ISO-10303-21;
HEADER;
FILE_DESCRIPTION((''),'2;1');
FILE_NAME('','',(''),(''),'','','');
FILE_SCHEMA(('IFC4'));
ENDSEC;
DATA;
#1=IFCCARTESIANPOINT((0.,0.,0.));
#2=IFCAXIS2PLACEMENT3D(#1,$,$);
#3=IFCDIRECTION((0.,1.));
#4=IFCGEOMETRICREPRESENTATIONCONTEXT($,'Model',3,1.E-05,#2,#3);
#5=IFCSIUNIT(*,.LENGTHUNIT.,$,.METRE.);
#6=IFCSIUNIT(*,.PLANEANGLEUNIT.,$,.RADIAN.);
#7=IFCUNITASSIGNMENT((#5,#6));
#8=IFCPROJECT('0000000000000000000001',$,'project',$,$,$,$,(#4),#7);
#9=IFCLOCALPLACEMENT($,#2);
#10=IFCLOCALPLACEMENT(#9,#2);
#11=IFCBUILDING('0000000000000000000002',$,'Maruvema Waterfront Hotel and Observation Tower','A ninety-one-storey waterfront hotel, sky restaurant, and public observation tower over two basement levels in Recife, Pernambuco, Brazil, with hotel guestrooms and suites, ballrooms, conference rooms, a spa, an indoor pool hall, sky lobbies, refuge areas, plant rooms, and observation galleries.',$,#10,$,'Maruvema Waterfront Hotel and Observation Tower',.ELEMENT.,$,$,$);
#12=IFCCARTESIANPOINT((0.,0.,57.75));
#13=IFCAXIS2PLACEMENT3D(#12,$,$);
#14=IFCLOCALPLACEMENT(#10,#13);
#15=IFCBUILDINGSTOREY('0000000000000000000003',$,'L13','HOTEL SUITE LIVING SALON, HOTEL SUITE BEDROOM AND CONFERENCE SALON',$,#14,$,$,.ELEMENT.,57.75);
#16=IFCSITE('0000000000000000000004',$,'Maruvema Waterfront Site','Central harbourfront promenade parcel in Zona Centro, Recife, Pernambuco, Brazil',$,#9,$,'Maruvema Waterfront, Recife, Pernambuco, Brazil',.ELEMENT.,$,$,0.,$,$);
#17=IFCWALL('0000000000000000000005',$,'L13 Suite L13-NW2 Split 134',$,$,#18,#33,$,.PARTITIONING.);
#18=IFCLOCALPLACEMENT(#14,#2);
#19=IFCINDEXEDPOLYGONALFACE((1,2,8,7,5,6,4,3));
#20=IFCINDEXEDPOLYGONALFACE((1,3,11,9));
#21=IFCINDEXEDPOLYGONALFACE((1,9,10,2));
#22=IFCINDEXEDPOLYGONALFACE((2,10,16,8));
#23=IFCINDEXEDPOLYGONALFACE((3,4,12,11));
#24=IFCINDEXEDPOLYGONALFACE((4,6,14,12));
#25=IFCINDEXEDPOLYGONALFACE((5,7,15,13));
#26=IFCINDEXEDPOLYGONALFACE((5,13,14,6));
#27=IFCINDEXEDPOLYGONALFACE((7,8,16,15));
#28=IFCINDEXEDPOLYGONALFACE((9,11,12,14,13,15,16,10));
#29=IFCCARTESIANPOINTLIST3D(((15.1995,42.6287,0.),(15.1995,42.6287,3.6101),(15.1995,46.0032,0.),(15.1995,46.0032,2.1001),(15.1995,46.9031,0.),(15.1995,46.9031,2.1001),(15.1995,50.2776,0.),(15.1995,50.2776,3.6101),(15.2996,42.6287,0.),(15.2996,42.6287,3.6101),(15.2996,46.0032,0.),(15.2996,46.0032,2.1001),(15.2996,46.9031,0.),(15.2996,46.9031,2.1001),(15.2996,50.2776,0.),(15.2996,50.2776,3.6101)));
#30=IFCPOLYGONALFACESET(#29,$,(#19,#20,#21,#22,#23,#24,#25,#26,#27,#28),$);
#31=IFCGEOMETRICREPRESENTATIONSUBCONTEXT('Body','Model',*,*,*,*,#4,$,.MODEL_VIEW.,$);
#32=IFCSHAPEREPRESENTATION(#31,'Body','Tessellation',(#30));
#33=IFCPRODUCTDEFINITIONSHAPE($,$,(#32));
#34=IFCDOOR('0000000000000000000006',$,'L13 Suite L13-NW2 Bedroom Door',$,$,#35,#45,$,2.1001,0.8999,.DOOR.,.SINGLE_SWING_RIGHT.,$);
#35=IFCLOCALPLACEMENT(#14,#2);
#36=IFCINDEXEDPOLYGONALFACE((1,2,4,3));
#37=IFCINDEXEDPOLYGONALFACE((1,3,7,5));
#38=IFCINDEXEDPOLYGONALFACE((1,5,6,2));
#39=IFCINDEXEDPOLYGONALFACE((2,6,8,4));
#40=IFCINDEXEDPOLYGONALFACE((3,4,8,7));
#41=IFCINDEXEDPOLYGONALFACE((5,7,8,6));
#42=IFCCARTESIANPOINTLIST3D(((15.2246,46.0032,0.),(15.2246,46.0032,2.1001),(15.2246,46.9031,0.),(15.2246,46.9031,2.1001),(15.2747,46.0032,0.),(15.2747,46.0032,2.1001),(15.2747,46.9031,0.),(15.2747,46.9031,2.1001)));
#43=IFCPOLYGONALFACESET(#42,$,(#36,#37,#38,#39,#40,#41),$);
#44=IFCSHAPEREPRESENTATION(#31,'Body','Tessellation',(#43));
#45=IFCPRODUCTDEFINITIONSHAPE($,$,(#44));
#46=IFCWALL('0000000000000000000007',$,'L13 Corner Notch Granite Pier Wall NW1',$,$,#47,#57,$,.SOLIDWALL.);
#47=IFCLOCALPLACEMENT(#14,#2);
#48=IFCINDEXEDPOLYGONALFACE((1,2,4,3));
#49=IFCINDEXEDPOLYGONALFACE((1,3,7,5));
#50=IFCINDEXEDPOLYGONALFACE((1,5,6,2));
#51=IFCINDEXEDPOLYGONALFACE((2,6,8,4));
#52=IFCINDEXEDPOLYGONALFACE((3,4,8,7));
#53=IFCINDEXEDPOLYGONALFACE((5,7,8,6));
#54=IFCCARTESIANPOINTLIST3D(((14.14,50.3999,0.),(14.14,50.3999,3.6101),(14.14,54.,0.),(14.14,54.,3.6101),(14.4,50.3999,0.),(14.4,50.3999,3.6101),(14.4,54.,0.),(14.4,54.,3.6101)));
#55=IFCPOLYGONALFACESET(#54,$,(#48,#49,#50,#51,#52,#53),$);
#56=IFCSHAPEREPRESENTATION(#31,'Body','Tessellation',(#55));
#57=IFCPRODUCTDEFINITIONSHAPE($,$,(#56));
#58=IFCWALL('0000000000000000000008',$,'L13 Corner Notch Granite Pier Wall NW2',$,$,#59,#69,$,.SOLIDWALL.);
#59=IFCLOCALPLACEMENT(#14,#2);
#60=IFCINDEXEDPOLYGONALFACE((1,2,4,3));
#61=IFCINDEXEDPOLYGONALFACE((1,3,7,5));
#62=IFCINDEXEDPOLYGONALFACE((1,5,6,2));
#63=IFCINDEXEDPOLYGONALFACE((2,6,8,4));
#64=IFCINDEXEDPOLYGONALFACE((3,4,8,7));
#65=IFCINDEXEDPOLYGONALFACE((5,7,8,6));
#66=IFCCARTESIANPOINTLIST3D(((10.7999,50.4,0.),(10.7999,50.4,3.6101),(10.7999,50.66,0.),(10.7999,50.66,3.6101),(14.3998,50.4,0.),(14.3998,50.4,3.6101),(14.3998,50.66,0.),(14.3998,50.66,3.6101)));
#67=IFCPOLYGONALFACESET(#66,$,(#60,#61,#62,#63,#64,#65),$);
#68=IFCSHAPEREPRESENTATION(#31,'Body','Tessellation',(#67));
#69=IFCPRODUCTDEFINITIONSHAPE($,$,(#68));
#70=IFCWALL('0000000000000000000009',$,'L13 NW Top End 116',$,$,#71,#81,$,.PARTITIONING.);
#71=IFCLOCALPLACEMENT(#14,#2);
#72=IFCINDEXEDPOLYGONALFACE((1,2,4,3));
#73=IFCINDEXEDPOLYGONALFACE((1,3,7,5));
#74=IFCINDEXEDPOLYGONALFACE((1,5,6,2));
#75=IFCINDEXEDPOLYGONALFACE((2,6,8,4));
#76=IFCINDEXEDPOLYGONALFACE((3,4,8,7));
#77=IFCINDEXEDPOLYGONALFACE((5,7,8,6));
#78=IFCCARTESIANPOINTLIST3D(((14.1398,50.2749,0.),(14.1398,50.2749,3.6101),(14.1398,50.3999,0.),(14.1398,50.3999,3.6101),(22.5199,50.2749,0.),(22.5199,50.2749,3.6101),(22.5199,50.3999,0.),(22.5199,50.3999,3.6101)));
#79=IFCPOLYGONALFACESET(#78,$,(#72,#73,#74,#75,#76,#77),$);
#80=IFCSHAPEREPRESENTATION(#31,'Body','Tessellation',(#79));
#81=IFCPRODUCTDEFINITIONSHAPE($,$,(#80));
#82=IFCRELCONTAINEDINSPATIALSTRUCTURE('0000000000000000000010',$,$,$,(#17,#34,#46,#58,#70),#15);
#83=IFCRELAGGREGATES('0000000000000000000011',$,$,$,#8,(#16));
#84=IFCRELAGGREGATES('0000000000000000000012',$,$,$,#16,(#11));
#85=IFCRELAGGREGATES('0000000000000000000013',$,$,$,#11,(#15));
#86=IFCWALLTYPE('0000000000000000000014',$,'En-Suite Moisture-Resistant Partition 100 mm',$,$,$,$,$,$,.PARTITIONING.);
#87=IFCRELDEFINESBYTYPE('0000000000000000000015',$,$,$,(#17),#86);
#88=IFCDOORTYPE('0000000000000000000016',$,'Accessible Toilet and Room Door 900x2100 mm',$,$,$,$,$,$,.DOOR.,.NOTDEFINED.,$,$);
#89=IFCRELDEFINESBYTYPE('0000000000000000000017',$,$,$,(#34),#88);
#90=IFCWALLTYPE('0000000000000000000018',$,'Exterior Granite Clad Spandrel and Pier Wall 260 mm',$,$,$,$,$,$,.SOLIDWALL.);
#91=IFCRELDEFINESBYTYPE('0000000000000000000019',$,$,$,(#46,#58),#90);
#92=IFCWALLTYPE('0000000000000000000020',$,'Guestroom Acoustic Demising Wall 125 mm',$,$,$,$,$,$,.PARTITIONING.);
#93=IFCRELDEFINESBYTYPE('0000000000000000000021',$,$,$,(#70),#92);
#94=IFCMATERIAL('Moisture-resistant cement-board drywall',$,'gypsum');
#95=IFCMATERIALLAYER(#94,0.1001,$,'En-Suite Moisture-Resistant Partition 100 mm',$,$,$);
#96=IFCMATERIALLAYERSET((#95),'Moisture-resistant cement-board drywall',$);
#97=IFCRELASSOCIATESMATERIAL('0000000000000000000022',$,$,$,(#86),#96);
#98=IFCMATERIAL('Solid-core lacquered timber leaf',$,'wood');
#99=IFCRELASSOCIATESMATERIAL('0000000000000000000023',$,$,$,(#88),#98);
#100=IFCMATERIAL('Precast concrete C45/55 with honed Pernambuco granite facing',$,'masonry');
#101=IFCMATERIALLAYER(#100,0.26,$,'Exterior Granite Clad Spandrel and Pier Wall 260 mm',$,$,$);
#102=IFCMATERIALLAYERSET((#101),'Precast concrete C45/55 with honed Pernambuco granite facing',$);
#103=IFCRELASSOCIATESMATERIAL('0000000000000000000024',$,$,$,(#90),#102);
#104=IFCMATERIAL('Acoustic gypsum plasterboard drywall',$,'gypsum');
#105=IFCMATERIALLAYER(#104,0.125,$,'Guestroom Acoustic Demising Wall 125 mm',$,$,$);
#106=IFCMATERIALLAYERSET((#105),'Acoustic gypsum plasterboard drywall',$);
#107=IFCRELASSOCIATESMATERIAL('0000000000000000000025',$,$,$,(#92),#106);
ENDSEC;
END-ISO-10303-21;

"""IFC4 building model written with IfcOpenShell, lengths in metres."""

from ifc_helpers import new_model, si_unit, direction, frame, frame_2d, origin, place, context, subcontext, project, spatial, rectangle, extrude, material, layer, layer_set, type_object, element, fill, save


model = new_model("IFC4")

# Units and contexts
model_context = context("Model", 3, precision=1e-05, world=origin(), true_north=direction((0.0, 1.0)))
body_context = subcontext(model_context, "Body", "Model", "MODEL_VIEW")
ifc_project = project(units=[si_unit("LENGTHUNIT", "METRE"), si_unit("PLANEANGLEUNIT", "RADIAN")], contexts=[model_context])

# Site, building, storey
site_placement = place(None, origin())
site = spatial("IfcSite", under=ifc_project, at=site_placement, Name="Maruvema Waterfront Site", Description="Central harbourfront promenade parcel in Zona Centro, Recife, Pernambuco, Brazil", LongName="Maruvema Waterfront, Recife, Pernambuco, Brazil", CompositionType="ELEMENT", RefElevation=0.0)
building_placement = place(site_placement, origin())
building = spatial("IfcBuilding", under=site, at=building_placement, Name="Maruvema Waterfront Hotel and Observation Tower", Description="A ninety-one-storey waterfront hotel, sky restaurant, and public observation tower over two basement levels in Recife, Pernambuco, Brazil, with hotel guestrooms and suites, ballrooms, conference rooms, a spa, an indoor pool hall, sky lobbies, refuge areas, plant rooms, and observation galleries.", LongName="Maruvema Waterfront Hotel and Observation Tower", CompositionType="ELEMENT")
storey_placement = place(building_placement, frame((0.0, 0.0, 57.75)))
storey = spatial("IfcBuildingStorey", under=building, at=storey_placement, Name="L13", Description="HOTEL SUITE LIVING SALON, HOTEL SUITE BEDROOM AND CONFERENCE SALON", CompositionType="ELEMENT", Elevation=57.75)

# Shared definitions
ifc_material_1 = material(Name="Moisture-resistant cement-board drywall", Category="gypsum")
ifc_layer_1 = layer(ifc_material_1, 0.1001, Name="En-Suite Moisture-Resistant Partition 100 mm")
ifc_layer_set_1 = layer_set([ifc_layer_1], Name="Moisture-resistant cement-board drywall")
wall_type_1 = type_object("IfcWallType", Name="En-Suite Moisture-Resistant Partition 100 mm", PredefinedType="PARTITIONING", material=ifc_layer_set_1)

# Wall, opening, door
wall_1_placement = place(storey_placement, frame((15.2495, 42.6287, 0.0), z_axis=(0.0, 0.0, 1.0), x_axis=(0.0, 1.0, 0.0)))
wall_1 = element("IfcWall", 1, at=wall_1_placement, inside=storey, type_object=wall_type_1, Name="L13 Suite L13-NW2 Split 134", PredefinedType="PARTITIONING", context=body_context, shape_type="SweptSolid", body=[
    extrude(rectangle(XDim=7.6489, YDim=0.1001, at=frame_2d((3.8245, 0.0))), origin(), (0.0, 0.0, 1.0), 3.6101),
])
opening_1_placement = place(wall_1_placement, frame((3.3745, 0.0, 0.0)))
opening_1 = element("IfcOpeningElement", 2, at=opening_1_placement, cuts=wall_1, PredefinedType="OPENING", context=body_context, shape_type="SweptSolid", body=[
    extrude(rectangle(XDim=0.8999, YDim=2.1001, at=frame_2d((0.45, 1.05))), frame((0.0, 0.0601, 0.0), z_axis=(0.0, -1.0, 0.0), x_axis=(1.0, 0.0, 0.0)), (0.0, 0.0, 1.0), 0.1201),
])
ifc_material_2 = material(Name="Solid-core lacquered timber leaf", Category="wood")
door_type_1 = type_object("IfcDoorType", Name="Accessible Toilet and Room Door 900x2100 mm", OperationType="NOTDEFINED", PredefinedType="DOOR", material=ifc_material_2)
door_1_placement = place(opening_1_placement, origin())
door_1 = element("IfcDoor", 3, at=door_1_placement, inside=storey, type_object=door_type_1, Name="L13 Suite L13-NW2 Bedroom Door", OperationType="SINGLE_SWING_RIGHT", OverallHeight=2.1001, OverallWidth=0.8999, PredefinedType="DOOR", context=body_context, shape_type="SweptSolid", body=[
    extrude(rectangle(XDim=0.8999, YDim=2.1001, at=frame_2d((0.45, 1.05))), frame((0.0, 0.0249, 0.0), z_axis=(0.0, -1.0, 0.0), x_axis=(1.0, 0.0, 0.0)), (0.0, 0.0, 1.0), 0.05),
])
fill(opening_1, door_1)

# Walls
ifc_material_3 = material(Name="Precast concrete C45/55 with honed Pernambuco granite facing", Category="masonry")
ifc_layer_2 = layer(ifc_material_3, 0.26, Name="Exterior Granite Clad Spandrel and Pier Wall 260 mm")
ifc_layer_set_2 = layer_set([ifc_layer_2], Name="Precast concrete C45/55 with honed Pernambuco granite facing")
wall_type_2 = type_object("IfcWallType", Name="Exterior Granite Clad Spandrel and Pier Wall 260 mm", PredefinedType="SOLIDWALL", material=ifc_layer_set_2)
wall_2_placement = place(storey_placement, frame((14.27, 50.3999, 0.0), z_axis=(0.0, 0.0, 1.0), x_axis=(0.0, 1.0, 0.0)))
element("IfcWall", 4, at=wall_2_placement, inside=storey, type_object=wall_type_2, Name="L13 Corner Notch Granite Pier Wall NW1", PredefinedType="SOLIDWALL", context=body_context, shape_type="SweptSolid", body=[
    extrude(rectangle(XDim=3.6001, YDim=0.26, at=frame_2d((1.8, 0.0))), origin(), (0.0, 0.0, 1.0), 3.6101),
])
wall_3_placement = place(storey_placement, frame((10.8, 50.53, 0.0), z_axis=(0.0, 0.0, 1.0), x_axis=(1.0, 0.0, 0.0)))
element("IfcWall", 5, at=wall_3_placement, inside=storey, type_object=wall_type_2, Name="L13 Corner Notch Granite Pier Wall NW2", PredefinedType="SOLIDWALL", context=body_context, shape_type="SweptSolid", body=[
    extrude(rectangle(XDim=3.5999, YDim=0.26, at=frame_2d((1.7998, 0.0))), origin(), (0.0, 0.0, 1.0), 3.6101),
])
ifc_material_4 = material(Name="Acoustic gypsum plasterboard drywall", Category="gypsum")
ifc_layer_3 = layer(ifc_material_4, 0.125, Name="Guestroom Acoustic Demising Wall 125 mm")
ifc_layer_set_3 = layer_set([ifc_layer_3], Name="Acoustic gypsum plasterboard drywall")
wall_type_3 = type_object("IfcWallType", Name="Guestroom Acoustic Demising Wall 125 mm", PredefinedType="PARTITIONING", material=ifc_layer_set_3)
wall_4_placement = place(storey_placement, frame((14.1399, 50.3374, 0.0), z_axis=(0.0, 0.0, 1.0), x_axis=(1.0, 0.0, 0.0)))
element("IfcWall", 6, at=wall_4_placement, inside=storey, type_object=wall_type_3, Name="L13 NW Top End 116", PredefinedType="PARTITIONING", context=body_context, shape_type="SweptSolid", body=[
    extrude(rectangle(XDim=8.3801, YDim=0.125, at=frame_2d((4.1899, 0.0))), origin(), (0.0, 0.0, 1.0), 3.6101),
])

save(model, "model.ifc")
